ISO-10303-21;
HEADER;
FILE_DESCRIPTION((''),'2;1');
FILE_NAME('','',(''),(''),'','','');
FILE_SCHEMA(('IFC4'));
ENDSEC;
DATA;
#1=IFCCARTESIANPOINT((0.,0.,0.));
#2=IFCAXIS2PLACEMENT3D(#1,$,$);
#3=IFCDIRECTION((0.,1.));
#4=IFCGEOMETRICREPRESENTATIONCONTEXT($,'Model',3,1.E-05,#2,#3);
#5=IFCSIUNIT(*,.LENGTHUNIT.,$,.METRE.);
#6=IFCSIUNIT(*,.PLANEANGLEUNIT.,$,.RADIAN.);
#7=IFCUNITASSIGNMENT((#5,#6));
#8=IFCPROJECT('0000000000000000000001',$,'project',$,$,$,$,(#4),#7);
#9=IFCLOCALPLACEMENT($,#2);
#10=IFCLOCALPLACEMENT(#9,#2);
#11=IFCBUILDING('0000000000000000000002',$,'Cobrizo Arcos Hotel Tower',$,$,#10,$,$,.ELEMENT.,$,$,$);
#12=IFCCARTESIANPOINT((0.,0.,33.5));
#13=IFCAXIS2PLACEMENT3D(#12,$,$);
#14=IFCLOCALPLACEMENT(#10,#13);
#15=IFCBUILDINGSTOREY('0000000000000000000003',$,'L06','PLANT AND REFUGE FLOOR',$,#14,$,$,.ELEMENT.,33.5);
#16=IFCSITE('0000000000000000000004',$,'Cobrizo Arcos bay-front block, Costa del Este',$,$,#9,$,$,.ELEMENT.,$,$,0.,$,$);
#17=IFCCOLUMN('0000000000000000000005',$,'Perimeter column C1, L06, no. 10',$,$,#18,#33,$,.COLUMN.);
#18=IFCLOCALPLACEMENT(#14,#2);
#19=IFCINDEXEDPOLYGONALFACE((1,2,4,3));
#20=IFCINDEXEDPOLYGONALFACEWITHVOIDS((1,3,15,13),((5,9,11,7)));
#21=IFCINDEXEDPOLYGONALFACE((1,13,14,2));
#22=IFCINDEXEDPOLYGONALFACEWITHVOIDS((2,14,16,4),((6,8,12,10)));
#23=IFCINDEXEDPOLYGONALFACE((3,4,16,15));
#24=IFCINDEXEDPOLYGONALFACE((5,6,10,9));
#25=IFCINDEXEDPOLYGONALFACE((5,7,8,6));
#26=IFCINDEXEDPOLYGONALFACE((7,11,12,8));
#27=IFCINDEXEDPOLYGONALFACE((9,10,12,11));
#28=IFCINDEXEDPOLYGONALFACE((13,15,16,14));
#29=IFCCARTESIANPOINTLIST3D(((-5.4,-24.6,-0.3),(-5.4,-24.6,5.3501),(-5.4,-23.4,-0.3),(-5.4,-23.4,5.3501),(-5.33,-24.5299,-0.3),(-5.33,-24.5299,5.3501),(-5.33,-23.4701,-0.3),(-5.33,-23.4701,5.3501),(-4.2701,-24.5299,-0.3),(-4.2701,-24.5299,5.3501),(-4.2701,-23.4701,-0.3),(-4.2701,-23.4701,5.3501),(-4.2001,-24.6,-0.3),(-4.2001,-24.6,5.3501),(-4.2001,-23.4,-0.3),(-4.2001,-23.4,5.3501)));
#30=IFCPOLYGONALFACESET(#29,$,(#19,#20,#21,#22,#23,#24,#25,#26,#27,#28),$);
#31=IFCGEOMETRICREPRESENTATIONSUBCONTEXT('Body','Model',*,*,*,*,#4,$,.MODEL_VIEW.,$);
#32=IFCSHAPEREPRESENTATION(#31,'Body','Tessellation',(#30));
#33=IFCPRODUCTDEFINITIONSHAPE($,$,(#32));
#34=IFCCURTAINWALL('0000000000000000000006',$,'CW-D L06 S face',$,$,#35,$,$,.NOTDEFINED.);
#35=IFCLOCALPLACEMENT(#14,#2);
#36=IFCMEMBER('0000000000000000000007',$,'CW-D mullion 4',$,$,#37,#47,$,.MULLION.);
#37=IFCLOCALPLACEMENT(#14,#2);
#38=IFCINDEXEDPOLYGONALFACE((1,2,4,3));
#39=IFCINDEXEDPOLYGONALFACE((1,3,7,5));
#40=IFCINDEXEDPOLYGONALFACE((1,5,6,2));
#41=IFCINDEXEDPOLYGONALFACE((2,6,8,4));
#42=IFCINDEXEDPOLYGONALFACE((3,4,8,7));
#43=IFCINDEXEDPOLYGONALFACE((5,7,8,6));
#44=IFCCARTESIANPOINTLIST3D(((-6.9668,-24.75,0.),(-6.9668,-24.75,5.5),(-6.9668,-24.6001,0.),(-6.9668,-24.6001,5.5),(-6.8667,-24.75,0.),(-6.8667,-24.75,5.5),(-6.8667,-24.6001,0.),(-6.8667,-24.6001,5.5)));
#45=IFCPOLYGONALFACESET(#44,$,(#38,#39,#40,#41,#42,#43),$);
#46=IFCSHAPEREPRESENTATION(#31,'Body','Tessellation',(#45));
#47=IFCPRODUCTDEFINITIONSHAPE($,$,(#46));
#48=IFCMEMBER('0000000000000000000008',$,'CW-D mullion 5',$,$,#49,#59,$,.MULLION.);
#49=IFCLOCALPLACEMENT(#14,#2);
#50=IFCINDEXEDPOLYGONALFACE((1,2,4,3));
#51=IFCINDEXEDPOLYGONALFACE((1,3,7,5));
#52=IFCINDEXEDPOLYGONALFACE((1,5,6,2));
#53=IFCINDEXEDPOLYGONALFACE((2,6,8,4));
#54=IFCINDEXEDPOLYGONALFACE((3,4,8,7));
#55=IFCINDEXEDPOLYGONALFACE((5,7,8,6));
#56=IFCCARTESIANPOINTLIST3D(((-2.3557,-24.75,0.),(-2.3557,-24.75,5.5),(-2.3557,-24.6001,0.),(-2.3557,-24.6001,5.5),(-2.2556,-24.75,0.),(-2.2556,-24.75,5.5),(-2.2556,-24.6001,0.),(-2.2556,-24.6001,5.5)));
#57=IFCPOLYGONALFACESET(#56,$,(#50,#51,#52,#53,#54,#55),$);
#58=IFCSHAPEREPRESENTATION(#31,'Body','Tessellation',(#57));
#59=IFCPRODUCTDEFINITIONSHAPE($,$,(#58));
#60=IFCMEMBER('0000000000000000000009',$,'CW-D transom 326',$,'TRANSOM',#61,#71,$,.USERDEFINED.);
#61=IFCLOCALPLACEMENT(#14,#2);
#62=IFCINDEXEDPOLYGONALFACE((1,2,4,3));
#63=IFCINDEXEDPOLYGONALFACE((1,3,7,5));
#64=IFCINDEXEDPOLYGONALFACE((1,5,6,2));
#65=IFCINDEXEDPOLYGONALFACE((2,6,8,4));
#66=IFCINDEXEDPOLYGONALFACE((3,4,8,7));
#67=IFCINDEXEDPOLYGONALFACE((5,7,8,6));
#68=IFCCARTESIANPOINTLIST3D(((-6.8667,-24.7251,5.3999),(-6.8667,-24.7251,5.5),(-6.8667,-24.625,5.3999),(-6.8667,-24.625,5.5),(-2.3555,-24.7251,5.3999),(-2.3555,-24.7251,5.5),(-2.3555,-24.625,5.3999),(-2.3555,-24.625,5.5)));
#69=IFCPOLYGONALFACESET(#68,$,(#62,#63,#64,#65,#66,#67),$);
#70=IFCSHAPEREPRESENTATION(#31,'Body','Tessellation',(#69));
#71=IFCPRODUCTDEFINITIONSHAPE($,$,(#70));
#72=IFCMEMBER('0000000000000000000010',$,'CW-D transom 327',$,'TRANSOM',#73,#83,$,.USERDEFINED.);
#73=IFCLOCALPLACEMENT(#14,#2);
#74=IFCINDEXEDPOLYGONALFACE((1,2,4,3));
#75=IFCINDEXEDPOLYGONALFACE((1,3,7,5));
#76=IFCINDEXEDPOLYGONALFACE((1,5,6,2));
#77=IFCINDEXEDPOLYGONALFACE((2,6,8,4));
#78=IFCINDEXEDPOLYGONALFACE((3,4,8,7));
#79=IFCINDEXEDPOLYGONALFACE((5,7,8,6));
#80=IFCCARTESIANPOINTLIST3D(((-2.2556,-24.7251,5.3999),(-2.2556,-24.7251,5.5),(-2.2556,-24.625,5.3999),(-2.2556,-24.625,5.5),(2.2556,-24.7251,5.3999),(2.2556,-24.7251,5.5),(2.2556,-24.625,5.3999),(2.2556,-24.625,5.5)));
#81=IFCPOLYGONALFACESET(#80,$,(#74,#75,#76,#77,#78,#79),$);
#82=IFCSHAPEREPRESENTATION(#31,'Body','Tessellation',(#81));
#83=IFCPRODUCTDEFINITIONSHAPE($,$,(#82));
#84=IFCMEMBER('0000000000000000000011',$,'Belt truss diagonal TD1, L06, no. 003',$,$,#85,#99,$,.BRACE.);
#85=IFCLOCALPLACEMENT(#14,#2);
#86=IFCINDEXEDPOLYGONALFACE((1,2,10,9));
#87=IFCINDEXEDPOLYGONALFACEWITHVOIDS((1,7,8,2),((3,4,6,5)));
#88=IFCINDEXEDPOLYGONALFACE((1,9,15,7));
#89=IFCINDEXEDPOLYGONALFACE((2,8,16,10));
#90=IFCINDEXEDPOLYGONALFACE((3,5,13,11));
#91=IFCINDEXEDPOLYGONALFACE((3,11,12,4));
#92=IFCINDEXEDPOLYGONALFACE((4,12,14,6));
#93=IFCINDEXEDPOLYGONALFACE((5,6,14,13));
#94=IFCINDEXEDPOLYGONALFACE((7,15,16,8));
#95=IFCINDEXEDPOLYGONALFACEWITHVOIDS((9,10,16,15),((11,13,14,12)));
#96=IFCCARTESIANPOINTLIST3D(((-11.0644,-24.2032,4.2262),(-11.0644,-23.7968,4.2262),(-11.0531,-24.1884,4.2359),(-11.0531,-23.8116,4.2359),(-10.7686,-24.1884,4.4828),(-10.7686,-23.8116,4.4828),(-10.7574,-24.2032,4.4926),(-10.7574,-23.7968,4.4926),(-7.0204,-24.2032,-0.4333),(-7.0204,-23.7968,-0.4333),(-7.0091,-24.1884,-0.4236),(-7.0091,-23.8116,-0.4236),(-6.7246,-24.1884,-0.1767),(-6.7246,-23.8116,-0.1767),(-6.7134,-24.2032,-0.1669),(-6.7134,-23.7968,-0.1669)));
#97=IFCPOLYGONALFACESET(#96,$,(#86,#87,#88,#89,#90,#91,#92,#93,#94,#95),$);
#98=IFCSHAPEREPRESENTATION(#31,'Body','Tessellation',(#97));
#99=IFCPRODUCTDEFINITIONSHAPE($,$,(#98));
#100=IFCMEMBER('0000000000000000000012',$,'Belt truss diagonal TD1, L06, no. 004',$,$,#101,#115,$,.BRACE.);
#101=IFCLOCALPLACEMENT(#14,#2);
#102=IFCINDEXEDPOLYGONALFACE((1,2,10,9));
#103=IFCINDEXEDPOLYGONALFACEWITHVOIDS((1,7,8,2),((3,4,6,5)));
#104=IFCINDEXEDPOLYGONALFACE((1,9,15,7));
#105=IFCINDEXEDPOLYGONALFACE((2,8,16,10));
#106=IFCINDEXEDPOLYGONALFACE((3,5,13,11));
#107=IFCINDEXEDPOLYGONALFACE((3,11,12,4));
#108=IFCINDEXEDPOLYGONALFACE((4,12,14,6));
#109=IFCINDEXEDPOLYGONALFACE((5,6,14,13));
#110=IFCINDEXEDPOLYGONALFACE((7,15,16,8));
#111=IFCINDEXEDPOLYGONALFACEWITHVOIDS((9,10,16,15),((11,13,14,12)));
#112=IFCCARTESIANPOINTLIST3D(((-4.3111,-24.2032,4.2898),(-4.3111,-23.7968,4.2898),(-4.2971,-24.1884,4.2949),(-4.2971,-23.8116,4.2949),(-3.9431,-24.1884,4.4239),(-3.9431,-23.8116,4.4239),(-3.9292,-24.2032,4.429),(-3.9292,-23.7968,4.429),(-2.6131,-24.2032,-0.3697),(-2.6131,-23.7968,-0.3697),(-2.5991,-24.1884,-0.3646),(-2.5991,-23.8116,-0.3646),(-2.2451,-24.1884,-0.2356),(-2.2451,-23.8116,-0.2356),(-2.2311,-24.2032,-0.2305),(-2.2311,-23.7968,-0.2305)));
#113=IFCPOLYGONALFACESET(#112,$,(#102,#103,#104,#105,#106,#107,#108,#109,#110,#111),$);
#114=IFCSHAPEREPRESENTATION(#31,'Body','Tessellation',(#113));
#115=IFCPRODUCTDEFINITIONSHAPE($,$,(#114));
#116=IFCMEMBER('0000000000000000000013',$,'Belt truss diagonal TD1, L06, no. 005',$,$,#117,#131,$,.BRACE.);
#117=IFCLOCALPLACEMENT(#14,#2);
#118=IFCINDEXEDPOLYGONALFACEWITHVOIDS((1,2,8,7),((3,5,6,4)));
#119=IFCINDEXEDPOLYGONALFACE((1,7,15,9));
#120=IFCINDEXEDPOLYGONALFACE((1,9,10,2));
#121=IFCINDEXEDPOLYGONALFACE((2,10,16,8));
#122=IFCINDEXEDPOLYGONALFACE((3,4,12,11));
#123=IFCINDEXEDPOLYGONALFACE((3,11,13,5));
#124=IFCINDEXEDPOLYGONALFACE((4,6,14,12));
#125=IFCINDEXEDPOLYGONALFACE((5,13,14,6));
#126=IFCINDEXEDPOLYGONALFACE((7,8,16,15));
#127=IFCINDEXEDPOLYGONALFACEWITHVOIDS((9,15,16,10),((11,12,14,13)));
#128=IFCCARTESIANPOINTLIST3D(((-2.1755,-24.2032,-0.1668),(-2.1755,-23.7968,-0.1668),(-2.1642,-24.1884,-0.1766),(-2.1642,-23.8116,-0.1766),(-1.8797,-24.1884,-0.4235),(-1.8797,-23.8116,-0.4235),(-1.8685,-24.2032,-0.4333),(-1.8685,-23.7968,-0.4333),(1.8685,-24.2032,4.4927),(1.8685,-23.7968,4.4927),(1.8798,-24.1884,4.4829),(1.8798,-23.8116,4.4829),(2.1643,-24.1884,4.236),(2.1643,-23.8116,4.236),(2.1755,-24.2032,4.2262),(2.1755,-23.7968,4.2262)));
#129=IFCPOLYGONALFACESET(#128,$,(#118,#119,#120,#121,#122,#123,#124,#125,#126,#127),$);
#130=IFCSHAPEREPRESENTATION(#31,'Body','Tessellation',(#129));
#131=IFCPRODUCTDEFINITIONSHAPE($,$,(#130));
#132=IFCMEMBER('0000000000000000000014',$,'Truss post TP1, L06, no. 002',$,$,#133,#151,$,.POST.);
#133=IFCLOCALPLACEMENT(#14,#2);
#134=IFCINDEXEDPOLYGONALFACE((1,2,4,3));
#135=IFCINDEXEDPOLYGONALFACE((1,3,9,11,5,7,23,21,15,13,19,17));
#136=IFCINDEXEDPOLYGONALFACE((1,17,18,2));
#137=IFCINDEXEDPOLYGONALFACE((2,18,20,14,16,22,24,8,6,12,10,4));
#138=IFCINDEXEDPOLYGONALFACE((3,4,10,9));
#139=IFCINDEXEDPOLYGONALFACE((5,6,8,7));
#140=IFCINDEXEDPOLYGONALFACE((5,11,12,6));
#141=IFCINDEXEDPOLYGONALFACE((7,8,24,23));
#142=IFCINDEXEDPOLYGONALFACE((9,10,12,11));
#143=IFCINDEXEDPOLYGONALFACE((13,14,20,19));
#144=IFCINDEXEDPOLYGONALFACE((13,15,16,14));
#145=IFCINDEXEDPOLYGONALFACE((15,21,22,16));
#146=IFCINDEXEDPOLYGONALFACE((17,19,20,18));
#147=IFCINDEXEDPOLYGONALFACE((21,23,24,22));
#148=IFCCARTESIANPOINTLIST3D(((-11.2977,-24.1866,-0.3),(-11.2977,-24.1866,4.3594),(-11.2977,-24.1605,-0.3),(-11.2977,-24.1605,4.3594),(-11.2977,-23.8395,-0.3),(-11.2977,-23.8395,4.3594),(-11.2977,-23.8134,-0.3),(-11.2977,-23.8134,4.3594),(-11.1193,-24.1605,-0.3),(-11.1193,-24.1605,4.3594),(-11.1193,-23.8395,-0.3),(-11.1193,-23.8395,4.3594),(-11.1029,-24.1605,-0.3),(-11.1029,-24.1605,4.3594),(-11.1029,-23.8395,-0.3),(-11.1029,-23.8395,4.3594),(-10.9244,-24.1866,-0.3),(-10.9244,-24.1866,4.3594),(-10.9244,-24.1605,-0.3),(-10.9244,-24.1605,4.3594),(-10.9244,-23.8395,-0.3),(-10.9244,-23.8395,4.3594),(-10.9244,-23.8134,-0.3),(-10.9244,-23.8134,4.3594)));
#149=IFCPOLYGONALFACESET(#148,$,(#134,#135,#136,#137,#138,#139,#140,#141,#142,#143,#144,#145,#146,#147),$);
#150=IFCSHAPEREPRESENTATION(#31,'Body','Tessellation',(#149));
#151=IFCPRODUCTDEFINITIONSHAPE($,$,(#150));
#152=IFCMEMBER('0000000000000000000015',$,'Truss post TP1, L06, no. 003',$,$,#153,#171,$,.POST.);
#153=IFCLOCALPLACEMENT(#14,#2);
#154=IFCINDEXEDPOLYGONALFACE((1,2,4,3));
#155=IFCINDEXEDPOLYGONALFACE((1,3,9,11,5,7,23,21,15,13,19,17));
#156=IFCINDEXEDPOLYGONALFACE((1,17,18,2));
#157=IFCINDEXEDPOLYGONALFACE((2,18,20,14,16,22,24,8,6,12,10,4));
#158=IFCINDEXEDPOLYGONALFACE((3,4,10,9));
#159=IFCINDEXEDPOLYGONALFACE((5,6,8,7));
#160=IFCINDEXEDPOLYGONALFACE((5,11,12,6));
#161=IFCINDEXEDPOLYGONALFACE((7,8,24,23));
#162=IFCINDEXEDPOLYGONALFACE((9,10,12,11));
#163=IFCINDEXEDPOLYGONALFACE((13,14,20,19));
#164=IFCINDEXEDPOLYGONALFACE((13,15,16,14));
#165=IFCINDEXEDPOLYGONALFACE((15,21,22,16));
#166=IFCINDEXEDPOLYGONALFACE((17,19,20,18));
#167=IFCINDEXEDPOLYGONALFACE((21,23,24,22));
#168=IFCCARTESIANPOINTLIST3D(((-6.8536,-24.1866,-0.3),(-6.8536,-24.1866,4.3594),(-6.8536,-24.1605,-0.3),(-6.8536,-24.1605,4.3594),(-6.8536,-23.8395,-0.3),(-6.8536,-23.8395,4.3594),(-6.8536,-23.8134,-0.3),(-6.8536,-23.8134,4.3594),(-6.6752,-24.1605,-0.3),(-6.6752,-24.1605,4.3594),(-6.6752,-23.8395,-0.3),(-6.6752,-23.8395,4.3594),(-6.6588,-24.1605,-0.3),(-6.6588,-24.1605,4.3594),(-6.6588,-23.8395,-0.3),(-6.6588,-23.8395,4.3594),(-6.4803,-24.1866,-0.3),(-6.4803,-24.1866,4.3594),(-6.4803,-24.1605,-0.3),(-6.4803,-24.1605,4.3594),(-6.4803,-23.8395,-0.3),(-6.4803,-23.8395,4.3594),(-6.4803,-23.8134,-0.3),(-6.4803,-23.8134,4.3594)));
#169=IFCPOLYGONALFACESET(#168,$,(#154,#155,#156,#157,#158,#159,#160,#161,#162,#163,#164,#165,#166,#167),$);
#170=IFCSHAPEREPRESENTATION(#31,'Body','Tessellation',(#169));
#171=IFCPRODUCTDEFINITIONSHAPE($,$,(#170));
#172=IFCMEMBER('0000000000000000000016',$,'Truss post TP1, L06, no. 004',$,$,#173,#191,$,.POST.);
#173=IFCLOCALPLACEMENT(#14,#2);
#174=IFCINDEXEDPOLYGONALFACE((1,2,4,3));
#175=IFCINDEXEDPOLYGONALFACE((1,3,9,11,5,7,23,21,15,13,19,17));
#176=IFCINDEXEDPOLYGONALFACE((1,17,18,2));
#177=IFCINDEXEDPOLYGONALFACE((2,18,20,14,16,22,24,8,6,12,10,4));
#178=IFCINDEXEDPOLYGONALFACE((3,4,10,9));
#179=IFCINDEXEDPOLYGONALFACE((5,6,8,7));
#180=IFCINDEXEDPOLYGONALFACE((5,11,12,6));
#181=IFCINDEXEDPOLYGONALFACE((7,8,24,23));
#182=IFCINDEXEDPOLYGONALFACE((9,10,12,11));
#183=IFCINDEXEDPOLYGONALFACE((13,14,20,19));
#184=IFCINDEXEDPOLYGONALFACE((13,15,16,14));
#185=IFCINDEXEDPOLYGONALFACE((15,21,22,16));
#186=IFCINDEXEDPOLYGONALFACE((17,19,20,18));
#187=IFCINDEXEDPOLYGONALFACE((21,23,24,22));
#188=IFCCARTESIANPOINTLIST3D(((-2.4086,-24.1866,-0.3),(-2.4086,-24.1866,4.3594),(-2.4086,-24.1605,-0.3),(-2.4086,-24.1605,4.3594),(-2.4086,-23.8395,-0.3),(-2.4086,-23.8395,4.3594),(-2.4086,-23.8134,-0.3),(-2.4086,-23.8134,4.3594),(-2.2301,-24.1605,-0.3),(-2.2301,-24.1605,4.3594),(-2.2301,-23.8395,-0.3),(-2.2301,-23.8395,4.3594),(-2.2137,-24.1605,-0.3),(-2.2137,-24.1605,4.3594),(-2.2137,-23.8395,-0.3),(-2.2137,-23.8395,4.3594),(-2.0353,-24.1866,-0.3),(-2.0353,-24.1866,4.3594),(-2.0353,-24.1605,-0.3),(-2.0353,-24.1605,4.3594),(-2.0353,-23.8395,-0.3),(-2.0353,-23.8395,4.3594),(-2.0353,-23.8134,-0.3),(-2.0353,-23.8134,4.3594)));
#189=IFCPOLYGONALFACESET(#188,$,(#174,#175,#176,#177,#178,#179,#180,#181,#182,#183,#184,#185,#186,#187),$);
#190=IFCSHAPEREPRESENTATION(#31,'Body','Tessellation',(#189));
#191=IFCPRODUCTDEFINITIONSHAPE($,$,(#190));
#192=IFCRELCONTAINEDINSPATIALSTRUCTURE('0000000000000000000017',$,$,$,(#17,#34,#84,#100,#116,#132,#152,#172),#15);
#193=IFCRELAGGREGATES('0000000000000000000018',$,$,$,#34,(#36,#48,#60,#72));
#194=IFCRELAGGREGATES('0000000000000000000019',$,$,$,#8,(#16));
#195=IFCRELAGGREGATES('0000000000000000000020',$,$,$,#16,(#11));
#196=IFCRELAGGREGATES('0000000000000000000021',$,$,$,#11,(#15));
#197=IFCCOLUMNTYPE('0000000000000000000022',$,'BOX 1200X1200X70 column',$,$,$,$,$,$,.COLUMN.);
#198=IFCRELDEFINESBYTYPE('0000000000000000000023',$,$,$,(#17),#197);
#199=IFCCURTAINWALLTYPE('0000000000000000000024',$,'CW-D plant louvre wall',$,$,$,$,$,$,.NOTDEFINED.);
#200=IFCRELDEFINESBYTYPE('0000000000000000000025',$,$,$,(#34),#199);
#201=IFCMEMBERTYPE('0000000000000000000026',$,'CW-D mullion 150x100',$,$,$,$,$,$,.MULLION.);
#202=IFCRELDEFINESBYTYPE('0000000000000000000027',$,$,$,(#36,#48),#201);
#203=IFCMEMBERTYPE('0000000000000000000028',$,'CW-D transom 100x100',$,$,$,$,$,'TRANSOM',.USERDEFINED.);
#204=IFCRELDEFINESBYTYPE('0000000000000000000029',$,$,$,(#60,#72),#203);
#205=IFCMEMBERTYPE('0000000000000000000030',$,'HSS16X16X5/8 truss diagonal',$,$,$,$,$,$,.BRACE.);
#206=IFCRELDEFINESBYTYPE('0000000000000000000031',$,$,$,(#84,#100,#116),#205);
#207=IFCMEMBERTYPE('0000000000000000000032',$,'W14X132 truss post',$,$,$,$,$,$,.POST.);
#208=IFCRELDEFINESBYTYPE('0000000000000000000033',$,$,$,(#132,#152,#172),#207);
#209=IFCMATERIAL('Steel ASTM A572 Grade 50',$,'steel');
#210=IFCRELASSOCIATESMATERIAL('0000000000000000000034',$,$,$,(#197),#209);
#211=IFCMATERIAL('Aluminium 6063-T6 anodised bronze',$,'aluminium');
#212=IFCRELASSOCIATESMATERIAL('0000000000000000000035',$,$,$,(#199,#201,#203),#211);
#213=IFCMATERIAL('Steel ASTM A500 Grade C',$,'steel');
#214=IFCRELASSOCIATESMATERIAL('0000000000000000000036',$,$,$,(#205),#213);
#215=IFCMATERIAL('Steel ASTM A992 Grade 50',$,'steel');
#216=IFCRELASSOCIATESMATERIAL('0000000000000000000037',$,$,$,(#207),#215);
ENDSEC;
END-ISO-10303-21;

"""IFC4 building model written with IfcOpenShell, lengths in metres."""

from ifc_helpers import new_model, si_unit, direction, frame, origin, origin_2d, place, context, subcontext, project, spatial, rectangle, hollow_rectangle, i_section, extrude, material, material_profile, profile_set, type_object, element, aggregate, save


model = new_model("IFC4")

# Units and contexts
model_context = context("Model", 3, precision=1e-05, world=origin(), true_north=direction((0.0, 1.0)))
body_context = subcontext(model_context, "Body", "Model", "MODEL_VIEW")
ifc_project = project(units=[si_unit("LENGTHUNIT", "METRE"), si_unit("PLANEANGLEUNIT", "RADIAN")], contexts=[model_context])

# Site, building, storey
site_placement = place(None, origin())
site = spatial("IfcSite", under=ifc_project, at=site_placement, Name="Cobrizo Arcos bay-front block, Costa del Este", CompositionType="ELEMENT", RefElevation=0.0)
building_placement = place(site_placement, origin())
building = spatial("IfcBuilding", under=site, at=building_placement, Name="Cobrizo Arcos Hotel Tower", CompositionType="ELEMENT")
storey_placement = place(building_placement, frame((0.0, 0.0, 33.5)))
storey = spatial("IfcBuildingStorey", under=building, at=storey_placement, Name="L06", Description="PLANT AND REFUGE FLOOR", CompositionType="ELEMENT", Elevation=33.5)

# Column
ifc_material_1 = material(Name="Steel ASTM A572 Grade 50", Category="steel")
ifc_material_profile_1 = material_profile(ifc_material_1, hollow_rectangle(XDim=1.2, YDim=1.2, WallThickness=0.0701, at=origin_2d()), Name="BOX 1200X1200X70")
ifc_profile_set_1 = profile_set([ifc_material_profile_1], Name="Steel ASTM A572 Grade 50")
column_type = type_object("IfcColumnType", Name="BOX 1200X1200X70 column", PredefinedType="COLUMN", material=ifc_profile_set_1)
column_placement = place(storey_placement, frame((-4.8, -24.0, -0.3), z_axis=(0.0, 0.0, 1.0), x_axis=(1.0, 0.0, 0.0)))
element("IfcColumn", 1, at=column_placement, inside=storey, type_object=column_type, Name="Perimeter column C1, L06, no. 10", PredefinedType="COLUMN", context=body_context, shape_type="SweptSolid", body=[
    extrude(hollow_rectangle(XDim=1.2, YDim=1.2, WallThickness=0.0701, at=origin_2d()), origin(), (0.0, 0.0, 1.0), 5.6501),
])

# Curtain wall, members
ifc_material_2 = material(Name="Aluminium 6063-T6 anodised bronze", Category="aluminium")
curtain_wall_type = type_object("IfcCurtainWallType", Name="CW-D plant louvre wall", PredefinedType="NOTDEFINED", material=ifc_material_2)
curtain_wall_placement = place(storey_placement, origin())
curtain_wall = element("IfcCurtainWall", 2, at=curtain_wall_placement, inside=storey, type_object=curtain_wall_type, Name="CW-D L06 S face", PredefinedType="NOTDEFINED")
ifc_material_profile_2 = material_profile(ifc_material_2, rectangle(XDim=0.1499, YDim=0.1001, at=origin_2d()), Name="CW-D mullion 150x100")
ifc_profile_set_2 = profile_set([ifc_material_profile_2], Name="Aluminium 6063-T6 anodised bronze")
member_type_1 = type_object("IfcMemberType", Name="CW-D mullion 150x100", PredefinedType="MULLION", material=ifc_profile_set_2)
member_1_placement = place(storey_placement, frame((-6.9167, -24.675, 0.0), z_axis=(0.0, 0.0, 1.0), x_axis=(0.0, -1.0, 0.0)))
member_1 = element("IfcMember", 3, at=member_1_placement, type_object=member_type_1, Name="CW-D mullion 4", PredefinedType="MULLION", context=body_context, shape_type="SweptSolid", body=[
    extrude(rectangle(XDim=0.1499, YDim=0.1001, at=origin_2d()), origin(), (0.0, 0.0, 1.0), 5.5),
])
member_2_placement = place(storey_placement, frame((-2.3057, -24.675, 0.0), z_axis=(0.0, 0.0, 1.0), x_axis=(0.0, -1.0, 0.0)))
member_2 = element("IfcMember", 4, at=member_2_placement, type_object=member_type_1, Name="CW-D mullion 5", PredefinedType="MULLION", context=body_context, shape_type="SweptSolid", body=[
    extrude(rectangle(XDim=0.1499, YDim=0.1001, at=origin_2d()), origin(), (0.0, 0.0, 1.0), 5.5),
])
ifc_material_profile_3 = material_profile(ifc_material_2, rectangle(XDim=0.1001, YDim=0.1001, at=origin_2d()), Name="CW-D transom 100x100")
ifc_profile_set_3 = profile_set([ifc_material_profile_3], Name="Aluminium 6063-T6 anodised bronze")
member_type_2 = type_object("IfcMemberType", Name="CW-D transom 100x100", ElementType="TRANSOM", PredefinedType="USERDEFINED", material=ifc_profile_set_3)
member_3_placement = place(storey_placement, frame((-6.8667, -24.675, 5.45), z_axis=(1.0, 0.0, 0.0), x_axis=(0.0, 1.0, 0.0)))
member_3 = element("IfcMember", 5, at=member_3_placement, type_object=member_type_2, Name="CW-D transom 326", ObjectType="TRANSOM", PredefinedType="USERDEFINED", context=body_context, shape_type="SweptSolid", body=[
    extrude(rectangle(XDim=0.1001, YDim=0.1001, at=origin_2d()), origin(), (0.0, 0.0, 1.0), 4.5112),
])
member_4_placement = place(storey_placement, frame((-2.2556, -24.675, 5.45), z_axis=(1.0, 0.0, 0.0), x_axis=(0.0, 1.0, 0.0)))
member_4 = element("IfcMember", 6, at=member_4_placement, type_object=member_type_2, Name="CW-D transom 327", ObjectType="TRANSOM", PredefinedType="USERDEFINED", context=body_context, shape_type="SweptSolid", body=[
    extrude(rectangle(XDim=0.1001, YDim=0.1001, at=origin_2d()), origin(), (0.0, 0.0, 1.0), 4.5112),
])

# Members
ifc_material_3 = material(Name="Steel ASTM A500 Grade C", Category="steel")
ifc_material_profile_4 = material_profile(ifc_material_3, hollow_rectangle(XDim=0.4065, YDim=0.4065, WallThickness=0.0149, at=origin_2d()), Name="HSS16X16X5/8")
ifc_profile_set_4 = profile_set([ifc_material_profile_4], Name="Steel ASTM A500 Grade C")
member_type_3 = type_object("IfcMemberType", Name="HSS16X16X5/8 truss diagonal", PredefinedType="BRACE", material=ifc_profile_set_4)
member_5_placement = place(storey_placement, frame((-10.9109, -24.0, 4.3594), z_axis=(0.655465, 0.0, -0.755225), x_axis=(0.0, 1.0, 0.0)))
element("IfcMember", 7, at=member_5_placement, inside=storey, type_object=member_type_3, Name="Belt truss diagonal TD1, L06, no. 003", PredefinedType="BRACE", context=body_context, shape_type="SweptSolid", body=[
    extrude(hollow_rectangle(XDim=0.4065, YDim=0.4065, WallThickness=0.0149, at=origin_2d()), origin(), (0.0, 0.0, 1.0), 6.1697),
])
member_6_placement = place(storey_placement, frame((-4.1201, -24.0, 4.3594), z_axis=(0.342395, 0.0, -0.939556), x_axis=(0.0, 1.0, 0.0)))
element("IfcMember", 8, at=member_6_placement, inside=storey, type_object=member_type_3, Name="Belt truss diagonal TD1, L06, no. 004", PredefinedType="BRACE", context=body_context, shape_type="SweptSolid", body=[
    extrude(hollow_rectangle(XDim=0.4065, YDim=0.4065, WallThickness=0.0149, at=origin_2d()), origin(), (0.0, 0.0, 1.0), 4.9592),
])
member_7_placement = place(storey_placement, frame((-2.022, -24.0, -0.3), z_axis=(0.655465, 0.0, 0.755225), x_axis=(0.0, 1.0, 0.0)))
element("IfcMember", 9, at=member_7_placement, inside=storey, type_object=member_type_3, Name="Belt truss diagonal TD1, L06, no. 005", PredefinedType="BRACE", context=body_context, shape_type="SweptSolid", body=[
    extrude(hollow_rectangle(XDim=0.4065, YDim=0.4065, WallThickness=0.0149, at=origin_2d()), origin(), (0.0, 0.0, 1.0), 6.1697),
])
ifc_material_4 = material(Name="Steel ASTM A992 Grade 50", Category="steel")
ifc_material_profile_5 = material_profile(ifc_material_4, i_section(OverallWidth=0.3733, OverallDepth=0.3733, WebThickness=0.0164, FlangeThickness=0.0261, at=origin_2d()), Name="W14X132")
ifc_profile_set_5 = profile_set([ifc_material_profile_5], Name="Steel ASTM A992 Grade 50")
member_type_4 = type_object("IfcMemberType", Name="W14X132 truss post", PredefinedType="POST", material=ifc_profile_set_5)
for number, where, z_axis, x_axis, name in (
    (10, (-11.1111, -24.0, -0.3), (0.0, 0.0, 1.0), (1.0, 0.0, 0.0), "Truss post TP1, L06, no. 002"),
    (11, (-6.667, -24.0, -0.3), (0.0, 0.0, 1.0), (1.0, 0.0, 0.0), "Truss post TP1, L06, no. 003"),
    (12, (-2.2219, -24.0, -0.3), (0.0, 0.0, 1.0), (1.0, 0.0, 0.0), "Truss post TP1, L06, no. 004"),
):
    element("IfcMember", number, at=place(storey_placement, frame(where, z_axis=z_axis, x_axis=x_axis)), inside=storey, type_object=member_type_4, Name=name, PredefinedType="POST", context=body_context, shape_type="SweptSolid", body=[
        extrude(i_section(OverallWidth=0.3733, OverallDepth=0.3733, WebThickness=0.0164, FlangeThickness=0.0261, at=origin_2d()), origin(), (0.0, 0.0, 1.0), 4.6594),
    ])

aggregate(curtain_wall, [member_1, member_2, member_3, member_4])

save(model, "model.ifc")
